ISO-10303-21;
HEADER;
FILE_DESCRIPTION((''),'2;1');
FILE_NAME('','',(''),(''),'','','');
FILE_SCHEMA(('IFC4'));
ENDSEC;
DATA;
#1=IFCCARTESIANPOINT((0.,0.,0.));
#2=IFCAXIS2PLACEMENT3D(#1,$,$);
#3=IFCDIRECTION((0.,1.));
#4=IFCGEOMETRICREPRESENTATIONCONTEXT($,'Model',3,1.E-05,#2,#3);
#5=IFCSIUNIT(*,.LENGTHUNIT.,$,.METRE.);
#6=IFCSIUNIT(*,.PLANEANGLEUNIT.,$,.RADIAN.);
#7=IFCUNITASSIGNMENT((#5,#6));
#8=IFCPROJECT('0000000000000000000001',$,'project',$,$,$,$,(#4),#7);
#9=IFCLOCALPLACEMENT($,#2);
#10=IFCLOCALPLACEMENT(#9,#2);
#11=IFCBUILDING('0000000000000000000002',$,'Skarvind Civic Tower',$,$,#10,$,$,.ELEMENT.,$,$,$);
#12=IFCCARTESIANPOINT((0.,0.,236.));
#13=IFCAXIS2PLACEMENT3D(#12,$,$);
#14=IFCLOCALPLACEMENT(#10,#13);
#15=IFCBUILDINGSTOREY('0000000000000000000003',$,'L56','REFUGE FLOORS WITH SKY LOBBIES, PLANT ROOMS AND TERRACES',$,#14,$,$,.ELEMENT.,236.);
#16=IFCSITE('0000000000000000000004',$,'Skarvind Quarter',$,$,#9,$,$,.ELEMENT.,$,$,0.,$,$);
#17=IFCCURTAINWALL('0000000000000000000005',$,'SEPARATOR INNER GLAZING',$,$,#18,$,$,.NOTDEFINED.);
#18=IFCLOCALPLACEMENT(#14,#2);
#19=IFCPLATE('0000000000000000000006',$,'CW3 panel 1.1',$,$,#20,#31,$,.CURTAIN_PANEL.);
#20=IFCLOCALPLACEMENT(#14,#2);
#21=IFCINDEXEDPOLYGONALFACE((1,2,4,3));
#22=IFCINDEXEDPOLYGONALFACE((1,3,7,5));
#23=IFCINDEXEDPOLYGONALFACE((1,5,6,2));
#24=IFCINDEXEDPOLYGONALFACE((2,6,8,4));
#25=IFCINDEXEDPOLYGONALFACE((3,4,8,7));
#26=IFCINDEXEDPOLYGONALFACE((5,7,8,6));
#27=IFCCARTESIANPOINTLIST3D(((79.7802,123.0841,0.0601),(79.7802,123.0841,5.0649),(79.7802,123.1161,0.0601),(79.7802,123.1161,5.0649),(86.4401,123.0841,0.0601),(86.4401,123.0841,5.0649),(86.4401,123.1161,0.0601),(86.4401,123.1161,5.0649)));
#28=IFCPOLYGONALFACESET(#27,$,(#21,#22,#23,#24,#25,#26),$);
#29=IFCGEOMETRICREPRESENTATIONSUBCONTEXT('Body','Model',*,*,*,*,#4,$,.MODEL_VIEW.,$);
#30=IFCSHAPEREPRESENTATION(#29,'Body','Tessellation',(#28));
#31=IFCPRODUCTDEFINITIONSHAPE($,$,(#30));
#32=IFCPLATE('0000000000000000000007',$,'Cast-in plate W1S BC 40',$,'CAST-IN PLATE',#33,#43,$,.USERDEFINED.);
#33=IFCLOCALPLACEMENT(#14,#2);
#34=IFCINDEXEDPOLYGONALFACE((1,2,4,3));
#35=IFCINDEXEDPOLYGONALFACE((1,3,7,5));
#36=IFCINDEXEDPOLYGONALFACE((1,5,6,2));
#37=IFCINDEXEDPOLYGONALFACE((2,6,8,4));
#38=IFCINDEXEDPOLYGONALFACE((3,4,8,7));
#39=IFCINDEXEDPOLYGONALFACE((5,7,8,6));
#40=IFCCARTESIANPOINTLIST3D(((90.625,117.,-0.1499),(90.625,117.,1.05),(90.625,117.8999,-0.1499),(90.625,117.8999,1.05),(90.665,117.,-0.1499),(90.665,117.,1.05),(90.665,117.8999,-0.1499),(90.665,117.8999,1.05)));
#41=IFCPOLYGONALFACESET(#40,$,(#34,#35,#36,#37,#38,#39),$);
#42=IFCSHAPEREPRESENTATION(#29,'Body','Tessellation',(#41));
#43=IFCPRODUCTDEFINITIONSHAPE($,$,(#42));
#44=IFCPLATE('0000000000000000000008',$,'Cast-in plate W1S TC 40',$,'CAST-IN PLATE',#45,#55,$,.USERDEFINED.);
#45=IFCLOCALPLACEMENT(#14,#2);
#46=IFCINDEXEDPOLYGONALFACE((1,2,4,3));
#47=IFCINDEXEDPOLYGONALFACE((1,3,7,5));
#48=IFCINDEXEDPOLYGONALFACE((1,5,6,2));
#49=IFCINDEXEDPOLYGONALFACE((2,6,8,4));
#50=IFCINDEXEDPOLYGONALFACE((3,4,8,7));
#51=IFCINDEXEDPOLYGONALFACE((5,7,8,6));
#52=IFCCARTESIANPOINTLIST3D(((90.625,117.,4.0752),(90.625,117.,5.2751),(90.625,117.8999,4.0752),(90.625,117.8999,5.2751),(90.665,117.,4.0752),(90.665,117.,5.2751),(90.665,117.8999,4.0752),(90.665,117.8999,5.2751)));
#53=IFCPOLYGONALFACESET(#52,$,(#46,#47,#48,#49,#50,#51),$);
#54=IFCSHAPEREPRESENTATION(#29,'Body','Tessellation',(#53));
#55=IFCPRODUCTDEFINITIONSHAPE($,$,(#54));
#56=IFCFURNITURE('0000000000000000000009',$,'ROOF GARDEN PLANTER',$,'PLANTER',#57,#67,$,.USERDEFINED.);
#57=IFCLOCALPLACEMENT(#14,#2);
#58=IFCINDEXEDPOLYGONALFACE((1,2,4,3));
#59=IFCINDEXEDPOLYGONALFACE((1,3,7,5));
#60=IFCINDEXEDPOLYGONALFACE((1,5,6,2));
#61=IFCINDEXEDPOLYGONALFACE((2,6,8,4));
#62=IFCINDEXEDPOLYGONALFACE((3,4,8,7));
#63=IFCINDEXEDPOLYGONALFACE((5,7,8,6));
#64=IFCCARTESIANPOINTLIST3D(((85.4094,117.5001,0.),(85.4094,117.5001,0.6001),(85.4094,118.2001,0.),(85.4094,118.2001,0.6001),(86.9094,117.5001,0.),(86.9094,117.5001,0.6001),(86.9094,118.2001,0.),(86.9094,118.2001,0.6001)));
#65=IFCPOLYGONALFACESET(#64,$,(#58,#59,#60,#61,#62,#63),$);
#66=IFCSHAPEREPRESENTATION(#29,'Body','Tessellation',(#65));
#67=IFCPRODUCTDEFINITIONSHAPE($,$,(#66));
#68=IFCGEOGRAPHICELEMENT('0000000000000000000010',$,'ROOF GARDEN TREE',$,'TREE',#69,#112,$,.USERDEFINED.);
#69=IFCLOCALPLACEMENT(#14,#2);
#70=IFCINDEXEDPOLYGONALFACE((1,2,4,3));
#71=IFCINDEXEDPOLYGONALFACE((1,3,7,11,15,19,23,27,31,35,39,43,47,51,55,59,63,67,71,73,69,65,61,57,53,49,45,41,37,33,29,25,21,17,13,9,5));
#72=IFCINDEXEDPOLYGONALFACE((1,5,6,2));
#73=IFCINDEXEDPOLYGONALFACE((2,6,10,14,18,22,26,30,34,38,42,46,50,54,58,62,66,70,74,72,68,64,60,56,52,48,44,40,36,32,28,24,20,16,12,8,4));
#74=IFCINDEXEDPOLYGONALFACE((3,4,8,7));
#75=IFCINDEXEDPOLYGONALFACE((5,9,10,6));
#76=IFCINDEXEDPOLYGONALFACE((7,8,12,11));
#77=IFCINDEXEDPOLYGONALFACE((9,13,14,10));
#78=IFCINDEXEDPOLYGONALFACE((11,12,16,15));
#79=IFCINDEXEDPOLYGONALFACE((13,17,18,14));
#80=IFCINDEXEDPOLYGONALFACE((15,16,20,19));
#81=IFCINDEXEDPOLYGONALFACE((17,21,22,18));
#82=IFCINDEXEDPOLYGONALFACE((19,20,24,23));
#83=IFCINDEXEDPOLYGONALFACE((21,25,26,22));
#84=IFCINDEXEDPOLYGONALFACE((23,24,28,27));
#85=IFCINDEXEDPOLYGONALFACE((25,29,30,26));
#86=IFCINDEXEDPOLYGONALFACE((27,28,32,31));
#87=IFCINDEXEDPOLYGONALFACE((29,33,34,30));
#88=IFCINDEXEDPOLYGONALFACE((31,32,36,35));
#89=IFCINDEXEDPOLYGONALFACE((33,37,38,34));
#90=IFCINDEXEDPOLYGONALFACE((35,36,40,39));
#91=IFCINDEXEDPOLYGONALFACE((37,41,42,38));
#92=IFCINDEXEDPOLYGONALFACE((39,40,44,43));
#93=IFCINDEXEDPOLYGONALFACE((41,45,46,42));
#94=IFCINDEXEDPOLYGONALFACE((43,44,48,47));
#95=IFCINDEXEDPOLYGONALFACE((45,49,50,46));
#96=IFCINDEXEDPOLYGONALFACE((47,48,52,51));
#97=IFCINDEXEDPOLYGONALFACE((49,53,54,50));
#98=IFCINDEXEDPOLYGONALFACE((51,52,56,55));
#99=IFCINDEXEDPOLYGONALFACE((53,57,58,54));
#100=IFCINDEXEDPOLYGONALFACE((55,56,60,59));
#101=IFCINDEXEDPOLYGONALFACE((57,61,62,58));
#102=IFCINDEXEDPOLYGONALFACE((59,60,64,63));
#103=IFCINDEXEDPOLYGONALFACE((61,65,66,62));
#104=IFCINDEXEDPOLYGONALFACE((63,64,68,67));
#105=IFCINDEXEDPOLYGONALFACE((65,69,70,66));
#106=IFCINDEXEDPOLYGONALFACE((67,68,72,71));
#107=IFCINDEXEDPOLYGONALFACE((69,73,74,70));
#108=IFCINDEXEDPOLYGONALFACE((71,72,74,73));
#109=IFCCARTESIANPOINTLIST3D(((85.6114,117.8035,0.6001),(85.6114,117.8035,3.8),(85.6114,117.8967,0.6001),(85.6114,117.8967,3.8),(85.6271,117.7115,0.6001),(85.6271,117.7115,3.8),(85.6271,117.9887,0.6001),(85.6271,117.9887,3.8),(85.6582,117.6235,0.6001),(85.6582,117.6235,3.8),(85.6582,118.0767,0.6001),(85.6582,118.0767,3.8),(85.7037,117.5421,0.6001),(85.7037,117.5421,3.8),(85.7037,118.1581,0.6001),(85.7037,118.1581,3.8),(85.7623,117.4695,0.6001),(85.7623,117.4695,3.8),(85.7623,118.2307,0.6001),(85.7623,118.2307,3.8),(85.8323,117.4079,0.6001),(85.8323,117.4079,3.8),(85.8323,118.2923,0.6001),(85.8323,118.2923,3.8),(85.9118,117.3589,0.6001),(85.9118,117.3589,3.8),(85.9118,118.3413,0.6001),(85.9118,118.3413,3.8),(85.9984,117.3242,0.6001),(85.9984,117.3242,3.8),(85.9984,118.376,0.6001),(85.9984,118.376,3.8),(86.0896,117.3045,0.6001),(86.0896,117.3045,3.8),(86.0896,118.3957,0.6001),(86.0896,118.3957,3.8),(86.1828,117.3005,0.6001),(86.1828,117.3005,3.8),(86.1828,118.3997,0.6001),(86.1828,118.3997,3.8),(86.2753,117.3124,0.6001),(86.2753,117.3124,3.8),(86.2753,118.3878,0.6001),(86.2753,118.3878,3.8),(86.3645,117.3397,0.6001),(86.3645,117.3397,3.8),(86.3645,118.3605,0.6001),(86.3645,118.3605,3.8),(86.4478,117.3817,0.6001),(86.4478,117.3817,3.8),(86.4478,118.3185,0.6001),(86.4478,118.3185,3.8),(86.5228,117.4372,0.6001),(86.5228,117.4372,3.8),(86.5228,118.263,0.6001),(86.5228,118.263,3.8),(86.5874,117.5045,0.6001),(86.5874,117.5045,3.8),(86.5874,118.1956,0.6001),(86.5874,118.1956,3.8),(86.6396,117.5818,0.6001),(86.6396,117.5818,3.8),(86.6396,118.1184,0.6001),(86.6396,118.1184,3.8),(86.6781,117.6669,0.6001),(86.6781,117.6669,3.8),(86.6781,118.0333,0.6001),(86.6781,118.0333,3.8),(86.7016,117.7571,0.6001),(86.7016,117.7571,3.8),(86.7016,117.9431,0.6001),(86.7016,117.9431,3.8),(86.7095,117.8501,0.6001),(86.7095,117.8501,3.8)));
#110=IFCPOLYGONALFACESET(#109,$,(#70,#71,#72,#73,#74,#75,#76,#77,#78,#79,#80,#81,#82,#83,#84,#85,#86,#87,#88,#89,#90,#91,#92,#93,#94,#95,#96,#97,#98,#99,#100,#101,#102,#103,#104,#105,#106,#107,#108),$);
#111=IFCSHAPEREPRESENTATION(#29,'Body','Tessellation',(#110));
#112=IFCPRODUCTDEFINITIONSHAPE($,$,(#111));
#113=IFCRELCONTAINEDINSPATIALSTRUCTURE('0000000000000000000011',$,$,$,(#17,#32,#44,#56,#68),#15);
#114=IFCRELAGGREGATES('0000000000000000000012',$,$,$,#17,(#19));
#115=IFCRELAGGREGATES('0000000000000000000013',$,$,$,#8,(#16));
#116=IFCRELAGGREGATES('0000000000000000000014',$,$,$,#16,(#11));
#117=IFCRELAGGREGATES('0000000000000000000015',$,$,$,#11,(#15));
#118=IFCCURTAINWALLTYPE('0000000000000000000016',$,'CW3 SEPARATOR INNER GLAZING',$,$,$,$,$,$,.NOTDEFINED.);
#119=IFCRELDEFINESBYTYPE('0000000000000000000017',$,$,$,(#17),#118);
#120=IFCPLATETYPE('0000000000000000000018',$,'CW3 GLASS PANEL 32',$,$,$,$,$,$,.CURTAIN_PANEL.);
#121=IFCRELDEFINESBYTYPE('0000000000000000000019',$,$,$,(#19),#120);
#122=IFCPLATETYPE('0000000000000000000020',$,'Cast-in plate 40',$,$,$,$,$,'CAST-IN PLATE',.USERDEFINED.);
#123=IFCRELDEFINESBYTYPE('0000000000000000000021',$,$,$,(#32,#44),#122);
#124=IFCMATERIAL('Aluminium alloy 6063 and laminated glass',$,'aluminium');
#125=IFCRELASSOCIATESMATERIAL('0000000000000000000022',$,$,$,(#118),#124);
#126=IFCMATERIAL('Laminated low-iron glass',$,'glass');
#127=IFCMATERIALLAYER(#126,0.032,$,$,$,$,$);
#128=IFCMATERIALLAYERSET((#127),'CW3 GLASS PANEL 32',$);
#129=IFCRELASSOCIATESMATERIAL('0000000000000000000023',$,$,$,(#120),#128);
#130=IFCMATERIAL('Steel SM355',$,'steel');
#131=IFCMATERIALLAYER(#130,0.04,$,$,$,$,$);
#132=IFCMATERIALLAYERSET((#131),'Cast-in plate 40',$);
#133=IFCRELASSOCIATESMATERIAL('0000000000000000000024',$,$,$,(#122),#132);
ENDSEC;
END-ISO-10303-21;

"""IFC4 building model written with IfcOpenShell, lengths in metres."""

from ifc_helpers import new_model, si_unit, direction, frame, origin, origin_2d, place, context, subcontext, project, spatial, rectangle, circle, extrude, material, layer, layer_set, type_object, element, aggregate, save


model = new_model("IFC4")

# Units and contexts
model_context = context("Model", 3, precision=1e-05, world=origin(), true_north=direction((0.0, 1.0)))
body_context = subcontext(model_context, "Body", "Model", "MODEL_VIEW")
ifc_project = project(units=[si_unit("LENGTHUNIT", "METRE"), si_unit("PLANEANGLEUNIT", "RADIAN")], contexts=[model_context])

# Site, building, storey
site_placement = place(None, origin())
site = spatial("IfcSite", under=ifc_project, at=site_placement, Name="Skarvind Quarter", CompositionType="ELEMENT", RefElevation=0.0)
building_placement = place(site_placement, origin())
building = spatial("IfcBuilding", under=site, at=building_placement, Name="Skarvind Civic Tower", CompositionType="ELEMENT")
storey_placement = place(building_placement, frame((0.0, 0.0, 236.0)))
storey = spatial("IfcBuildingStorey", under=building, at=storey_placement, Name="L56", Description="REFUGE FLOORS WITH SKY LOBBIES, PLANT ROOMS AND TERRACES", CompositionType="ELEMENT", Elevation=236.0)

# Curtain wall
ifc_material_1 = material(Name="Aluminium alloy 6063 and laminated glass", Category="aluminium")
curtain_wall_type = type_object("IfcCurtainWallType", Name="CW3 SEPARATOR INNER GLAZING", PredefinedType="NOTDEFINED", material=ifc_material_1)
curtain_wall_placement = place(storey_placement, origin())
curtain_wall = element("IfcCurtainWall", 1, at=curtain_wall_placement, inside=storey, type_object=curtain_wall_type, Name="SEPARATOR INNER GLAZING", PredefinedType="NOTDEFINED")

# Shared definitions
ifc_material_2 = material(Name="Steel SM355", Category="steel")

# Plate
ifc_material_3 = material(Name="Laminated low-iron glass", Category="glass")
ifc_layer_1 = layer(ifc_material_3, 0.032)
ifc_layer_set_1 = layer_set([ifc_layer_1], Name="CW3 GLASS PANEL 32")
plate_type_1 = type_object("IfcPlateType", Name="CW3 GLASS PANEL 32", PredefinedType="CURTAIN_PANEL", material=ifc_layer_set_1)
plate_placement = place(storey_placement, frame((83.1101, 123.1001, 0.0601), z_axis=(0.0, 0.0, 1.0), x_axis=(-1.0, 0.0, 0.0)))
plate = element("IfcPlate", 2, at=plate_placement, type_object=plate_type_1, Name="CW3 panel 1.1", PredefinedType="CURTAIN_PANEL", context=body_context, shape_type="SweptSolid", body=[
    extrude(rectangle(XDim=6.6599, YDim=0.032, at=origin_2d()), origin(), (0.0, 0.0, 1.0), 5.0049),
])
aggregate(curtain_wall, [plate])

# Plates
ifc_layer_2 = layer(ifc_material_2, 0.04)
ifc_layer_set_2 = layer_set([ifc_layer_2], Name="Cast-in plate 40")
plate_type_2 = type_object("IfcPlateType", Name="Cast-in plate 40", ElementType="CAST-IN PLATE", PredefinedType="USERDEFINED", material=ifc_layer_set_2)
for number, where, z_axis, x_axis, name in (
    (3, (90.645, 117.45, -0.1499), (0.0, 0.0, 1.0), (1.0, 0.0, 0.0), "Cast-in plate W1S BC 40"),
    (4, (90.645, 117.45, 4.0752), (0.0, 0.0, 1.0), (1.0, 0.0, 0.0), "Cast-in plate W1S TC 40"),
):
    element("IfcPlate", number, at=place(storey_placement, frame(where, z_axis=z_axis, x_axis=x_axis)), inside=storey, type_object=plate_type_2, Name=name, ObjectType="CAST-IN PLATE", PredefinedType="USERDEFINED", context=body_context, shape_type="SweptSolid", body=[
        extrude(rectangle(XDim=0.04, YDim=0.8999, at=origin_2d()), origin(), (0.0, 0.0, 1.0), 1.2),
    ])

# Furniture
furniture_placement = place(storey_placement, frame((86.1594, 117.8501, 0.0), z_axis=(0.0, 0.0, 1.0), x_axis=(-1.0, 0.0, 0.0)))
element("IfcFurniture", 5, at=furniture_placement, inside=storey, Name="ROOF GARDEN PLANTER", ObjectType="PLANTER", PredefinedType="USERDEFINED", context=body_context, shape_type="SweptSolid", body=[
    extrude(rectangle(XDim=1.5, YDim=0.7, at=origin_2d()), origin(), (0.0, 0.0, 1.0), 0.6001),
])

# Geographic element
geographic_element_placement = place(storey_placement, frame((86.1594, 117.8501, 0.6001), z_axis=(0.0, 0.0, 1.0), x_axis=(1.0, 0.0, 0.0)))
element("IfcGeographicElement", 6, at=geographic_element_placement, inside=storey, Name="ROOF GARDEN TREE", ObjectType="TREE", PredefinedType="USERDEFINED", context=body_context, shape_type="SweptSolid", body=[
    extrude(circle(Radius=0.55, at=origin_2d()), origin(), (0.0, 0.0, 1.0), 3.2),
])

save(model, "model.ifc")
